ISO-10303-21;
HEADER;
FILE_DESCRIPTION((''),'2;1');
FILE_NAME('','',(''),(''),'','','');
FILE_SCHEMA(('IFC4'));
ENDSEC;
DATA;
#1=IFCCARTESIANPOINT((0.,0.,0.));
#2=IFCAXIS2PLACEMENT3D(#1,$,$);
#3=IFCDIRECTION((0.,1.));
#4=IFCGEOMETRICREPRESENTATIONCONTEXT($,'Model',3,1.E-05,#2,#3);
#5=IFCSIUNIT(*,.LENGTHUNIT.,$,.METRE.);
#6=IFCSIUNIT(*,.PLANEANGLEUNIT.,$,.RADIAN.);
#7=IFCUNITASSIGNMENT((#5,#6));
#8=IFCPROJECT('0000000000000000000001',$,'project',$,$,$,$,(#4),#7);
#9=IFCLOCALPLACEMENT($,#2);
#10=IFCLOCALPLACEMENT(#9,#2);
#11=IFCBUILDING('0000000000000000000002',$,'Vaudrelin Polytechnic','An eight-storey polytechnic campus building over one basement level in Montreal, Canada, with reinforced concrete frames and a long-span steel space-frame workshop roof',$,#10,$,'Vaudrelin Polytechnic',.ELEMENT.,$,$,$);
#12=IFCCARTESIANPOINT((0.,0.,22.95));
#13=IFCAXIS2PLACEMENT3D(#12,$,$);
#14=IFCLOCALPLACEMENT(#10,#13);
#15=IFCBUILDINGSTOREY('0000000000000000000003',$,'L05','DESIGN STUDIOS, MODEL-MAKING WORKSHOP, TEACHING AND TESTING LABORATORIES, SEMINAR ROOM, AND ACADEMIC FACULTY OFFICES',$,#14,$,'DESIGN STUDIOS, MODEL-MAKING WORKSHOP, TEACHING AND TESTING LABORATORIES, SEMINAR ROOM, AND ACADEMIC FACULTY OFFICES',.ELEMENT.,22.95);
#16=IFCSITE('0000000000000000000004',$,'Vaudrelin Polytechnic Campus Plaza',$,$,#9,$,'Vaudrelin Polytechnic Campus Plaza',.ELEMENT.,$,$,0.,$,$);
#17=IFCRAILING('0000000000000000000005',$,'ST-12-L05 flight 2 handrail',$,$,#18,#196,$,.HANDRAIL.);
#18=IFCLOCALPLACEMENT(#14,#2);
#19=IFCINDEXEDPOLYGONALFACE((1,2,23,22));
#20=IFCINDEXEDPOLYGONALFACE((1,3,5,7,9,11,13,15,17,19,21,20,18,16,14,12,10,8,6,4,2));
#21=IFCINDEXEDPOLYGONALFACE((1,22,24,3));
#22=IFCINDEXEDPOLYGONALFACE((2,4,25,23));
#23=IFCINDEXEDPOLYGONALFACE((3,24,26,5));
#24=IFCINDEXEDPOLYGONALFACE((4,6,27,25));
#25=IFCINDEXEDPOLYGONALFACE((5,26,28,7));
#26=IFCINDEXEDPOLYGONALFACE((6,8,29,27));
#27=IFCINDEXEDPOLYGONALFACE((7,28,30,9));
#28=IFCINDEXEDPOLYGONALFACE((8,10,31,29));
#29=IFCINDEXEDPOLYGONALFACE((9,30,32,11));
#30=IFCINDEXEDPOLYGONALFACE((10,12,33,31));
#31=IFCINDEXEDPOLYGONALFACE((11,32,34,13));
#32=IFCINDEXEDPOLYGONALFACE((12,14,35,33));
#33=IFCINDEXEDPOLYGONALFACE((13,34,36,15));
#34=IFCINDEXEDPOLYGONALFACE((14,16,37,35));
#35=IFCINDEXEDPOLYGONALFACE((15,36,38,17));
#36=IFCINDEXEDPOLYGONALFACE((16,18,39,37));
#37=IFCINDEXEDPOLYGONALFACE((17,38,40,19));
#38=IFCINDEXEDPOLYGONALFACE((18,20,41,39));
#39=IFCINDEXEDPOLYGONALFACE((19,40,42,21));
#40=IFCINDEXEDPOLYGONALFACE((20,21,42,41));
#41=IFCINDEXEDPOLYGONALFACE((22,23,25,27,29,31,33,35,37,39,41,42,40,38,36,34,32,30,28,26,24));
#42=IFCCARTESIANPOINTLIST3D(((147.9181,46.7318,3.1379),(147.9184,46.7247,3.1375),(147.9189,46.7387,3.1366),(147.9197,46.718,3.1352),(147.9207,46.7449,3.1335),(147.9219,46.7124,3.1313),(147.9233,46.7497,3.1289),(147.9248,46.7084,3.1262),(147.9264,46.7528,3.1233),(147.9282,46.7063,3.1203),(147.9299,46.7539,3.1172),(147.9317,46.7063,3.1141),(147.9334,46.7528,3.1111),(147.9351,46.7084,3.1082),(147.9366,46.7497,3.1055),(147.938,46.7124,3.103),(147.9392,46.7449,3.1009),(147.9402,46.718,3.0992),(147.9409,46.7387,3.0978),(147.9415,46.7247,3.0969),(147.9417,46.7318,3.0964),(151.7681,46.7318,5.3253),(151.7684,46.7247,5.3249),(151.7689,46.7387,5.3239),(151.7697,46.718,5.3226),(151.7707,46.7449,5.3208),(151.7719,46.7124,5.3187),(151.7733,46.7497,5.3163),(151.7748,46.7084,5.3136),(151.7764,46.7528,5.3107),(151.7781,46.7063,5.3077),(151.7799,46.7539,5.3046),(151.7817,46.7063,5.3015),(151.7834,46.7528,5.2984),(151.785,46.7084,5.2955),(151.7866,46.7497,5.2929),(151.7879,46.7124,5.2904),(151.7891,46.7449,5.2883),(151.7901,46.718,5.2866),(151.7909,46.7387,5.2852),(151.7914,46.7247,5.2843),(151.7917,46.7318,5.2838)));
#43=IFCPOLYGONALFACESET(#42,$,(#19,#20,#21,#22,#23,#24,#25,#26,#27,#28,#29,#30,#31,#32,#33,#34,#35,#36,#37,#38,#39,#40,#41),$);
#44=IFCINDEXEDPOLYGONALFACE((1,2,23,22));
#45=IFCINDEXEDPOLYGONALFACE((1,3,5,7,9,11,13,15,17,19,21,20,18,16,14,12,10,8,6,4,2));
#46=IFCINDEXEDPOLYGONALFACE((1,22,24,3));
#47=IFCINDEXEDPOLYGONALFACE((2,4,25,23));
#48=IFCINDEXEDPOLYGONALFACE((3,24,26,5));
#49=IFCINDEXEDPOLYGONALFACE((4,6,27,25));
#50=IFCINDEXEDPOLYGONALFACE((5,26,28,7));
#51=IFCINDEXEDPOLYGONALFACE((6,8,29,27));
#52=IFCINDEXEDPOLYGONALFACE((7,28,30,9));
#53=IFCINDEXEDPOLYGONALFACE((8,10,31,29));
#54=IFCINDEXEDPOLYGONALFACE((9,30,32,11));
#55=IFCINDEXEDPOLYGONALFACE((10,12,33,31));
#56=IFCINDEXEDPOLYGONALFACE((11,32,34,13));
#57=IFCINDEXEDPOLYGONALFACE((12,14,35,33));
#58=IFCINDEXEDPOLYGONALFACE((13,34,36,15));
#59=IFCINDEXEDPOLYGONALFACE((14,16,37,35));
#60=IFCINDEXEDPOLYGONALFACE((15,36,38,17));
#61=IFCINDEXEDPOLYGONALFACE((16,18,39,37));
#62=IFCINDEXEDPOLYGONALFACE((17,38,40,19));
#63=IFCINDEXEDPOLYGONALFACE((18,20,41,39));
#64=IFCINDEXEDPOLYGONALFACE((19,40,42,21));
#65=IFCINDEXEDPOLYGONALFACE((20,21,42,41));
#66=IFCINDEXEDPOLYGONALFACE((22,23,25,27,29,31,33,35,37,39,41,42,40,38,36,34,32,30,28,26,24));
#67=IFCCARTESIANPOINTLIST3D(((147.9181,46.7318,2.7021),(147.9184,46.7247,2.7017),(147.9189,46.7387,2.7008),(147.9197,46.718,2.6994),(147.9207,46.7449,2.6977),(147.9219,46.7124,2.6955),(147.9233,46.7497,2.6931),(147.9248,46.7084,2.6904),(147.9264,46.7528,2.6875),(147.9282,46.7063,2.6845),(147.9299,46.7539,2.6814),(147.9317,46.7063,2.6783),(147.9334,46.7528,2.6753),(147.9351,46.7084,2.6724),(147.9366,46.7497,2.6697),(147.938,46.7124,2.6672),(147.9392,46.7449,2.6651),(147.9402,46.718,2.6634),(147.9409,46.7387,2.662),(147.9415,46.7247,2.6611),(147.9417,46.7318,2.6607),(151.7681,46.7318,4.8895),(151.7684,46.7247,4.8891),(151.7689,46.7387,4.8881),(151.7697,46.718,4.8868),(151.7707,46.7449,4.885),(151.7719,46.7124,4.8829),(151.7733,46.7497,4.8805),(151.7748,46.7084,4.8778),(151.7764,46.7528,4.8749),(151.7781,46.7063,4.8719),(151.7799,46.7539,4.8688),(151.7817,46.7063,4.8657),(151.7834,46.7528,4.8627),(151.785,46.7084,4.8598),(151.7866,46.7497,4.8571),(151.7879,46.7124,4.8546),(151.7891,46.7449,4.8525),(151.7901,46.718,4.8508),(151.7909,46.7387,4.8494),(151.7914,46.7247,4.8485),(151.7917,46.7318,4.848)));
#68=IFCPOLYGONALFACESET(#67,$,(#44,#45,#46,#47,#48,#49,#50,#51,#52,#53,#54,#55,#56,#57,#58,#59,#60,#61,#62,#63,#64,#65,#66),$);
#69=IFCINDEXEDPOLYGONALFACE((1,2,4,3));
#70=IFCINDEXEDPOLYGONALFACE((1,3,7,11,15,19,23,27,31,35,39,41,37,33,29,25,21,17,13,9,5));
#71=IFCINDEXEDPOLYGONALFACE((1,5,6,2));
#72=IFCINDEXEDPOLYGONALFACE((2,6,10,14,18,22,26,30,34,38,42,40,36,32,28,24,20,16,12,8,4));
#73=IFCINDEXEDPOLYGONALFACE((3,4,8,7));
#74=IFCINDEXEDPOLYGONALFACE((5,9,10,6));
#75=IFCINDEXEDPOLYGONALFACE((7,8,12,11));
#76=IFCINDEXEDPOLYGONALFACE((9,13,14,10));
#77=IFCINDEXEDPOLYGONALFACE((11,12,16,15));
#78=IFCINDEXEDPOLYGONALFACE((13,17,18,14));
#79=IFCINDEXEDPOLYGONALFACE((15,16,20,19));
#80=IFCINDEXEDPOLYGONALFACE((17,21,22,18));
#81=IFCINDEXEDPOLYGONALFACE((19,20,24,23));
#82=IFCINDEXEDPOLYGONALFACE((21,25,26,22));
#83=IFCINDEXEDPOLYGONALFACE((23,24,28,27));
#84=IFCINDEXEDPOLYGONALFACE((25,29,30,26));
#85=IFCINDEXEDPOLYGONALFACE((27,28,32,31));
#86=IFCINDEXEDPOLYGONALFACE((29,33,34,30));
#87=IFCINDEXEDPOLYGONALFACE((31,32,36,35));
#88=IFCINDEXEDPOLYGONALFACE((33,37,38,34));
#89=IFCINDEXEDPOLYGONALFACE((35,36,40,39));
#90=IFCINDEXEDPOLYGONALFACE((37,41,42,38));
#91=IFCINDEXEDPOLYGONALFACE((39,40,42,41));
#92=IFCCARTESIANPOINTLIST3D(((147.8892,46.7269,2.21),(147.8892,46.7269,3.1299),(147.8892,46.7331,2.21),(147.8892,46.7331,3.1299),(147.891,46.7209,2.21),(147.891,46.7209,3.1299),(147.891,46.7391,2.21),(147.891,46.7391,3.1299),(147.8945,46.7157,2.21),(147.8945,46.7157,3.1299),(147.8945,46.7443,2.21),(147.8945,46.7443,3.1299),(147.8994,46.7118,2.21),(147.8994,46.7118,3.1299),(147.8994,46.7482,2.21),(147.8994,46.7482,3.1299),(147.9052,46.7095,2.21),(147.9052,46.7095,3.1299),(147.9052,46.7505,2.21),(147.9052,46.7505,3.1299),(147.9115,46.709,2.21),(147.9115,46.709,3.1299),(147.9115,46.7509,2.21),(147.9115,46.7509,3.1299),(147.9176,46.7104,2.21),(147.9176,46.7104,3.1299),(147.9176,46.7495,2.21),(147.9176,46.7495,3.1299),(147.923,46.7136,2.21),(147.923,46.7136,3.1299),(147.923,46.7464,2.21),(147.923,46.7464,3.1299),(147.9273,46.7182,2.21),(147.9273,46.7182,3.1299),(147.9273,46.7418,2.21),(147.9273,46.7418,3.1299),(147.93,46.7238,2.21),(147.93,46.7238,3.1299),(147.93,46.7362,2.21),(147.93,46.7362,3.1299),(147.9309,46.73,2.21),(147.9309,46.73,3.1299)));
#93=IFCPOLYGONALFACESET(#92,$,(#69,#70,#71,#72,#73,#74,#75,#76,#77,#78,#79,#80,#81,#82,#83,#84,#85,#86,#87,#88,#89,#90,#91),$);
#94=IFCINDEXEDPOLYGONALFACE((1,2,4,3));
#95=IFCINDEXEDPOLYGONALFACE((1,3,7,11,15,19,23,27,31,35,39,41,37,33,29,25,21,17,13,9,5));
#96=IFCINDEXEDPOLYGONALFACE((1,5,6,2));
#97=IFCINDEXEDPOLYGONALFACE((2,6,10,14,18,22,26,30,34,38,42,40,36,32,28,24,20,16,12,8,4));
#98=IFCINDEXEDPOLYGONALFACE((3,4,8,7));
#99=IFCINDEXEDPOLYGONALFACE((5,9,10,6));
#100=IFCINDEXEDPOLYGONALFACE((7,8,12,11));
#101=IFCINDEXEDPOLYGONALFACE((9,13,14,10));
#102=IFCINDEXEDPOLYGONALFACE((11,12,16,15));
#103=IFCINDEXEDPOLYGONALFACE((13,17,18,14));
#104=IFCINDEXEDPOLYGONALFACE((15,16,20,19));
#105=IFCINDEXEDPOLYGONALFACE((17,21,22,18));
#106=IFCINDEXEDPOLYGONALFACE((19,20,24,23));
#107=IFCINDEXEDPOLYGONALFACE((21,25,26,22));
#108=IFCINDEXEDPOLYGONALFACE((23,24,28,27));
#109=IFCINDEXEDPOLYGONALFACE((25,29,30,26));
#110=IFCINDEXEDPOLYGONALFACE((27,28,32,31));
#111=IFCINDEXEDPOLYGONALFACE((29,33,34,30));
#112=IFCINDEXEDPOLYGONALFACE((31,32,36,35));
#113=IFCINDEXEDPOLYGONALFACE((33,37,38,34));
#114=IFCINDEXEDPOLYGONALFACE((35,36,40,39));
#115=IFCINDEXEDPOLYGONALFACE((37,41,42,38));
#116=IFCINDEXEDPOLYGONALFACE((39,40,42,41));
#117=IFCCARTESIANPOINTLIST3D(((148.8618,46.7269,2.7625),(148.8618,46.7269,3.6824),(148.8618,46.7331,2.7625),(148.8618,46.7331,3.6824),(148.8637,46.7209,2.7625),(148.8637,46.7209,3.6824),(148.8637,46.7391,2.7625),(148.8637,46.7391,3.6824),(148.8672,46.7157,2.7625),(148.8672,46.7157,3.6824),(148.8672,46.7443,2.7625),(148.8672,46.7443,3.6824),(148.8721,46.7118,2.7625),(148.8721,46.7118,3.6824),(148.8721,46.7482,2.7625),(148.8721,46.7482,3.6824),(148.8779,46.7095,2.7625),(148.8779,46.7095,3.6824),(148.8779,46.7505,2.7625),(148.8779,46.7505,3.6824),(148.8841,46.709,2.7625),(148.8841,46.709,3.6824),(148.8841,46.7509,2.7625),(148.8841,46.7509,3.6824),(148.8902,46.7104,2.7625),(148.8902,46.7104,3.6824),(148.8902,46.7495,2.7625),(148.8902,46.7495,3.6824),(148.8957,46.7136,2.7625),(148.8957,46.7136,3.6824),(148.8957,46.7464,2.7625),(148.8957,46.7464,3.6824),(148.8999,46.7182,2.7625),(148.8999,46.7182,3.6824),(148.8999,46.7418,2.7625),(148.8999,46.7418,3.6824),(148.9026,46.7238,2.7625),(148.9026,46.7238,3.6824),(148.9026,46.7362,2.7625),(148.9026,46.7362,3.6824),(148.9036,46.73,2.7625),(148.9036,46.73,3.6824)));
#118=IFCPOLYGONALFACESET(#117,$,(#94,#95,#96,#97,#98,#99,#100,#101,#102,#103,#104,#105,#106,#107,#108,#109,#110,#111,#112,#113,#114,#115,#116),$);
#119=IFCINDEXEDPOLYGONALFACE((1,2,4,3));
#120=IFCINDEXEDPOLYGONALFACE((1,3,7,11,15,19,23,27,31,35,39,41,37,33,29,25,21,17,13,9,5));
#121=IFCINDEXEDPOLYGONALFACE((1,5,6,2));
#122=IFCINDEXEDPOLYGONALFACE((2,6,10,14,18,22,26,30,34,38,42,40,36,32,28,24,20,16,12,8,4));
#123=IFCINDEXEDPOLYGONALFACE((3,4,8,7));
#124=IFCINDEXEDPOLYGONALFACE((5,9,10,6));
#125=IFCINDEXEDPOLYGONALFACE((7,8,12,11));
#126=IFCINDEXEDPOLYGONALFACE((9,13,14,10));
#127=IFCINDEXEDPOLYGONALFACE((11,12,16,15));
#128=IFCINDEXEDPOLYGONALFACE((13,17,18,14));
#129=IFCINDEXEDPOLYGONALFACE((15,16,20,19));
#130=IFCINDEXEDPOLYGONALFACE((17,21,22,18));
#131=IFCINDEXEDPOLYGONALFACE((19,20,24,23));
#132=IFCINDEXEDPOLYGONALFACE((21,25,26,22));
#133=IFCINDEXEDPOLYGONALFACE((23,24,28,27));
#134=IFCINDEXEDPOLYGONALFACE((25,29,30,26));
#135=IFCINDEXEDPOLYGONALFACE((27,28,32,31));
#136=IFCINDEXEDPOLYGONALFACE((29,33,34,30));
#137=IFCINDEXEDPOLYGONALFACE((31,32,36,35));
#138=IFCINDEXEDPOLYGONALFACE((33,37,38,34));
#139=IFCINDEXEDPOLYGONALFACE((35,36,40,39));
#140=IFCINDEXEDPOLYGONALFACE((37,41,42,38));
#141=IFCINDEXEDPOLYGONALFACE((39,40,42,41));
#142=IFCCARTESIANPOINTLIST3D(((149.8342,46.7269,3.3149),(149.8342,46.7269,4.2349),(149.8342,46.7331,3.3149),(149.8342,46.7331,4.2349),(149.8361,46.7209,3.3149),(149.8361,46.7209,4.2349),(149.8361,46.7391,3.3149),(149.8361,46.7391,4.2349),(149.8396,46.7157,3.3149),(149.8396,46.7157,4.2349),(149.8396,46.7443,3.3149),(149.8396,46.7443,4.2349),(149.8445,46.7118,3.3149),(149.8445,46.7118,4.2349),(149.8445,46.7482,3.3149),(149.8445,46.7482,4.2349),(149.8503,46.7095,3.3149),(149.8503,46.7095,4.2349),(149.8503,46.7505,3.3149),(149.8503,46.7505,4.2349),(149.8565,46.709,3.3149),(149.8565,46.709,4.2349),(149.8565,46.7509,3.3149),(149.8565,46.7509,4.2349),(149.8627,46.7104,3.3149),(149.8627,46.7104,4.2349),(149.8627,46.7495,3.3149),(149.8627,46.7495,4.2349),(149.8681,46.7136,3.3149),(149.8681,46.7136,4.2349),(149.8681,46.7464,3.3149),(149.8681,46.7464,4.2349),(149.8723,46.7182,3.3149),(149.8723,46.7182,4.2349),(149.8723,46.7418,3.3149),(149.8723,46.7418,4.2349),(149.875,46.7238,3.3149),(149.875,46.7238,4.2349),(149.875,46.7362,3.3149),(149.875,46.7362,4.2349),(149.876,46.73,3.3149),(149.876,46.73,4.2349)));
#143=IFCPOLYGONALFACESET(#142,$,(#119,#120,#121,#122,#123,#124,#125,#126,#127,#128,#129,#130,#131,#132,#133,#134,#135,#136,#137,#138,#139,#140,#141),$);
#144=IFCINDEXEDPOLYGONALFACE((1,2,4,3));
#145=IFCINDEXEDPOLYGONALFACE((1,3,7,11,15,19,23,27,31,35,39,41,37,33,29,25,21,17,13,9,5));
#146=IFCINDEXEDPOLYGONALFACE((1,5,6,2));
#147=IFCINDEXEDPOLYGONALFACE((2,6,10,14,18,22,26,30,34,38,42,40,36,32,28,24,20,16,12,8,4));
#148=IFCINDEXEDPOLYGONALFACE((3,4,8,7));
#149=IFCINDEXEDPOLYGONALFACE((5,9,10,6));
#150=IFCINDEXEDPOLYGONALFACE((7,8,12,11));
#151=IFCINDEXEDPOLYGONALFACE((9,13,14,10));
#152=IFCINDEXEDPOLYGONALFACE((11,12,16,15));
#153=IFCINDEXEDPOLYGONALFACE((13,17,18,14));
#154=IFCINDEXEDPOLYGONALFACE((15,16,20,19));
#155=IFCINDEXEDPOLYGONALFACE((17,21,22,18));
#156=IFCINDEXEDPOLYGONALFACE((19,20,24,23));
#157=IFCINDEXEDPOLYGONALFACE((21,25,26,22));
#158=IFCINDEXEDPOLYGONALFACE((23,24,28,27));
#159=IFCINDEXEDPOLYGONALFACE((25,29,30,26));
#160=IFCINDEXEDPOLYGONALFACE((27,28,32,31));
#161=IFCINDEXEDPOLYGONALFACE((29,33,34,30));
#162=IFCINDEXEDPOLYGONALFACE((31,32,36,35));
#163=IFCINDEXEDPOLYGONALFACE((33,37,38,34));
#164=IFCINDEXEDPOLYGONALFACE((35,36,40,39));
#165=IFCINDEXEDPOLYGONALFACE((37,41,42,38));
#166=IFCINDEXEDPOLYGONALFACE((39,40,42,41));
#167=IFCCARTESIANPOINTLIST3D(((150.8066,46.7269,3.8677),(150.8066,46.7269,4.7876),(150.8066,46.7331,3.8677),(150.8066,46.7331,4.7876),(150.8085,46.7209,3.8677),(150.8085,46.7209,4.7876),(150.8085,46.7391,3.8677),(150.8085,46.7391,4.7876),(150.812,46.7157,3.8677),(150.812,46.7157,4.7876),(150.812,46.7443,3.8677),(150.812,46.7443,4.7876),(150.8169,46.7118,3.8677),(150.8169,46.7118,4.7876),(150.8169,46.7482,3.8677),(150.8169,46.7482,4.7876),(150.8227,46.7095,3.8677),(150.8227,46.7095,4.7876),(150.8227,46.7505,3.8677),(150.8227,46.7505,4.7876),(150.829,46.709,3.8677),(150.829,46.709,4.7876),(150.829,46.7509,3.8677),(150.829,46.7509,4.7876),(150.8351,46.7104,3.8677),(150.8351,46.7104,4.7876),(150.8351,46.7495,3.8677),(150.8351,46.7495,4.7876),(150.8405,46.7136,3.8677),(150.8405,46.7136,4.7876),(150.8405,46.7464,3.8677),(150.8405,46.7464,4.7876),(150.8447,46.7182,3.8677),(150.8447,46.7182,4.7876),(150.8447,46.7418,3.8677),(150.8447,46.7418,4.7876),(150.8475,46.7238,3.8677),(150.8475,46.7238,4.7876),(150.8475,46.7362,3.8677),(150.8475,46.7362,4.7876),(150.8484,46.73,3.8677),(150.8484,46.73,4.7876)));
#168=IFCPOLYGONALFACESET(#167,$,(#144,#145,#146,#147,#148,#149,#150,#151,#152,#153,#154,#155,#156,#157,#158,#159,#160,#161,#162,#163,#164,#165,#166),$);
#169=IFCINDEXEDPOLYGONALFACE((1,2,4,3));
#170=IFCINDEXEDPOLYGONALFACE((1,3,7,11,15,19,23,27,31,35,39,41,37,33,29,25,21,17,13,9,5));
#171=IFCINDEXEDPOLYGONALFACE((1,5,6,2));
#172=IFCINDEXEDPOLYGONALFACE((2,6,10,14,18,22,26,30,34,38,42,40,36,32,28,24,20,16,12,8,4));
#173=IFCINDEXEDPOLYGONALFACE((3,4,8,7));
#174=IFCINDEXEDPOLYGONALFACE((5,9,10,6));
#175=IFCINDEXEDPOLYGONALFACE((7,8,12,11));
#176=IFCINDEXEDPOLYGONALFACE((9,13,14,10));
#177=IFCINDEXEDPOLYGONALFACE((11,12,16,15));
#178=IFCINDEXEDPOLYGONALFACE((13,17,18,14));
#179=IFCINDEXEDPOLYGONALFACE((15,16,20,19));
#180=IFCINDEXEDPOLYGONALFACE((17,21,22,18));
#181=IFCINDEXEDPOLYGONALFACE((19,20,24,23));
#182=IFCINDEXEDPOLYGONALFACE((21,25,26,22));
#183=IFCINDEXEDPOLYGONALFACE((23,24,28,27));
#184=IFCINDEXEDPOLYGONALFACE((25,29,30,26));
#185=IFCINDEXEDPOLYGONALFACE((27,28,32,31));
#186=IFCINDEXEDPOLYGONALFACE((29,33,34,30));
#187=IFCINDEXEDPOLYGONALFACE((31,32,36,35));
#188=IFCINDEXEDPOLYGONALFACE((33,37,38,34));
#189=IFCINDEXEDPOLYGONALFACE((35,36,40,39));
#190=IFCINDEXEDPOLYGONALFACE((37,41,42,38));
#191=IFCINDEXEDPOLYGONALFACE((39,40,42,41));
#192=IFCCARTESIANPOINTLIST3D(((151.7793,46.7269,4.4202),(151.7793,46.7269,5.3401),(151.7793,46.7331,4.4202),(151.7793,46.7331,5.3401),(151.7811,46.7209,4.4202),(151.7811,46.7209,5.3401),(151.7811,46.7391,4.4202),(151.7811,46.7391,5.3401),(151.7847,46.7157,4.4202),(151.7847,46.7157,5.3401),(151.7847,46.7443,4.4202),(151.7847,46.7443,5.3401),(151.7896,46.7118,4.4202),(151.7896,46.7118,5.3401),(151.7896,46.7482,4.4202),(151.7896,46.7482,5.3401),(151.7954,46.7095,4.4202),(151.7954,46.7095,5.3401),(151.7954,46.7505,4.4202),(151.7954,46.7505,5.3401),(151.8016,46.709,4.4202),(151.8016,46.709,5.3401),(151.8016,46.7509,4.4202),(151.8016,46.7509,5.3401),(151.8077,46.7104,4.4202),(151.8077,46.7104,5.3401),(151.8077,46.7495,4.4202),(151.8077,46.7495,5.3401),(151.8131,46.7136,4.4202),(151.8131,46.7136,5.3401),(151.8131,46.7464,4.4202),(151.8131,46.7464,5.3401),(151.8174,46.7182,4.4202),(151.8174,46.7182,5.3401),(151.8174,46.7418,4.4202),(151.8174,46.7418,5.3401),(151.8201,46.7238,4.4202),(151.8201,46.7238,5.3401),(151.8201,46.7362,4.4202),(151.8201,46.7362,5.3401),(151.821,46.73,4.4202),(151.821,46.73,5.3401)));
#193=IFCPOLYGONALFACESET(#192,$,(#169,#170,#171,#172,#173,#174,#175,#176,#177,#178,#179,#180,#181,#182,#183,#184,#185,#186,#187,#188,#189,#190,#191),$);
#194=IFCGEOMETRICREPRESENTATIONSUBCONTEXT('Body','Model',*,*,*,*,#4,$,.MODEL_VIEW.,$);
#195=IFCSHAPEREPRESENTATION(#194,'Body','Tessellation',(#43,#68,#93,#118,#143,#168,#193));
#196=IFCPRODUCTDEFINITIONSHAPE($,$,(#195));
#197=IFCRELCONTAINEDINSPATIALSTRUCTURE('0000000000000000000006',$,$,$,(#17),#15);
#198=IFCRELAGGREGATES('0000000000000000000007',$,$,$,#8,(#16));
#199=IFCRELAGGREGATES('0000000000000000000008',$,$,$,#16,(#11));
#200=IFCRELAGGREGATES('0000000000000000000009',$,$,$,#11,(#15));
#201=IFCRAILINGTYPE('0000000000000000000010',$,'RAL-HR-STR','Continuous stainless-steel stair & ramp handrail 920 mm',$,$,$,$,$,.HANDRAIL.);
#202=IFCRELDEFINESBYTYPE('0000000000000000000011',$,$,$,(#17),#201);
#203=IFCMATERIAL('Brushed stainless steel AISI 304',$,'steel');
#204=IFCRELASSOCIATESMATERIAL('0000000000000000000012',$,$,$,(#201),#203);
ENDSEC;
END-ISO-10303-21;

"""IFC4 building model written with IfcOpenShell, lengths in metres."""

from ifc_helpers import new_model, si_unit, direction, frame, origin, origin_2d, place, context, subcontext, project, spatial, circle, extrude, material, type_object, element, save


model = new_model("IFC4")

# Units and contexts
model_context = context("Model", 3, precision=1e-05, world=origin(), true_north=direction((0.0, 1.0)))
body_context = subcontext(model_context, "Body", "Model", "MODEL_VIEW")
ifc_project = project(units=[si_unit("LENGTHUNIT", "METRE"), si_unit("PLANEANGLEUNIT", "RADIAN")], contexts=[model_context])

# Site, building, storey
site_placement = place(None, origin())
site = spatial("IfcSite", under=ifc_project, at=site_placement, Name="Vaudrelin Polytechnic Campus Plaza", LongName="Vaudrelin Polytechnic Campus Plaza", CompositionType="ELEMENT", RefElevation=0.0)
building_placement = place(site_placement, origin())
building = spatial("IfcBuilding", under=site, at=building_placement, Name="Vaudrelin Polytechnic", Description="An eight-storey polytechnic campus building over one basement level in Montreal, Canada, with reinforced concrete frames and a long-span steel space-frame workshop roof", LongName="Vaudrelin Polytechnic", CompositionType="ELEMENT")
storey_placement = place(building_placement, frame((0.0, 0.0, 22.95)))
storey = spatial("IfcBuildingStorey", under=building, at=storey_placement, Name="L05", Description="DESIGN STUDIOS, MODEL-MAKING WORKSHOP, TEACHING AND TESTING LABORATORIES, SEMINAR ROOM, AND ACADEMIC FACULTY OFFICES", LongName="DESIGN STUDIOS, MODEL-MAKING WORKSHOP, TEACHING AND TESTING LABORATORIES, SEMINAR ROOM, AND ACADEMIC FACULTY OFFICES", CompositionType="ELEMENT", Elevation=22.95)

# Railing
ifc_material_1 = material(Name="Brushed stainless steel AISI 304", Category="steel")
railing_type_1 = type_object("IfcRailingType", Name="RAL-HR-STR", Description="Continuous stainless-steel stair & ramp handrail 920 mm", PredefinedType="HANDRAIL", material=ifc_material_1)
railing_1_placement = place(storey_placement, frame((147.9099, 46.73, 2.21)))
element("IfcRailing", 1, at=railing_1_placement, inside=storey, type_object=railing_type_1, Name="ST-12-L05 flight 2 handrail", PredefinedType="HANDRAIL", context=body_context, shape_type="SweptSolid", body=[
    extrude(circle(Radius=0.0239, at=origin_2d()), frame((0.02, 0.0, 0.9072), z_axis=(0.869466, 0.0, 0.493993), x_axis=(0.0, 1.0, 0.0)), (0.0, 0.0, 1.0), 4.428),
    extrude(circle(Radius=0.0239, at=origin_2d()), frame((0.02, 0.0, 0.4714), z_axis=(0.869466, 0.0, 0.493993), x_axis=(0.0, 1.0, 0.0)), (0.0, 0.0, 1.0), 4.428),
    extrude(circle(Radius=0.021, at=origin_2d()), origin(), (0.0, 0.0, 1.0), 0.9199),
    extrude(circle(Radius=0.021, at=origin_2d()), frame((0.9727, 0.0, 0.5525)), (0.0, 0.0, 1.0), 0.9199),
    extrude(circle(Radius=0.021, at=origin_2d()), frame((1.9451, 0.0, 1.105)), (0.0, 0.0, 1.0), 0.9199),
    extrude(circle(Radius=0.021, at=origin_2d()), frame((2.9175, 0.0, 1.6577)), (0.0, 0.0, 1.0), 0.9199),
    extrude(circle(Radius=0.021, at=origin_2d()), frame((3.8901, 0.0, 2.2102)), (0.0, 0.0, 1.0), 0.9199),
])

save(model, "model.ifc")
